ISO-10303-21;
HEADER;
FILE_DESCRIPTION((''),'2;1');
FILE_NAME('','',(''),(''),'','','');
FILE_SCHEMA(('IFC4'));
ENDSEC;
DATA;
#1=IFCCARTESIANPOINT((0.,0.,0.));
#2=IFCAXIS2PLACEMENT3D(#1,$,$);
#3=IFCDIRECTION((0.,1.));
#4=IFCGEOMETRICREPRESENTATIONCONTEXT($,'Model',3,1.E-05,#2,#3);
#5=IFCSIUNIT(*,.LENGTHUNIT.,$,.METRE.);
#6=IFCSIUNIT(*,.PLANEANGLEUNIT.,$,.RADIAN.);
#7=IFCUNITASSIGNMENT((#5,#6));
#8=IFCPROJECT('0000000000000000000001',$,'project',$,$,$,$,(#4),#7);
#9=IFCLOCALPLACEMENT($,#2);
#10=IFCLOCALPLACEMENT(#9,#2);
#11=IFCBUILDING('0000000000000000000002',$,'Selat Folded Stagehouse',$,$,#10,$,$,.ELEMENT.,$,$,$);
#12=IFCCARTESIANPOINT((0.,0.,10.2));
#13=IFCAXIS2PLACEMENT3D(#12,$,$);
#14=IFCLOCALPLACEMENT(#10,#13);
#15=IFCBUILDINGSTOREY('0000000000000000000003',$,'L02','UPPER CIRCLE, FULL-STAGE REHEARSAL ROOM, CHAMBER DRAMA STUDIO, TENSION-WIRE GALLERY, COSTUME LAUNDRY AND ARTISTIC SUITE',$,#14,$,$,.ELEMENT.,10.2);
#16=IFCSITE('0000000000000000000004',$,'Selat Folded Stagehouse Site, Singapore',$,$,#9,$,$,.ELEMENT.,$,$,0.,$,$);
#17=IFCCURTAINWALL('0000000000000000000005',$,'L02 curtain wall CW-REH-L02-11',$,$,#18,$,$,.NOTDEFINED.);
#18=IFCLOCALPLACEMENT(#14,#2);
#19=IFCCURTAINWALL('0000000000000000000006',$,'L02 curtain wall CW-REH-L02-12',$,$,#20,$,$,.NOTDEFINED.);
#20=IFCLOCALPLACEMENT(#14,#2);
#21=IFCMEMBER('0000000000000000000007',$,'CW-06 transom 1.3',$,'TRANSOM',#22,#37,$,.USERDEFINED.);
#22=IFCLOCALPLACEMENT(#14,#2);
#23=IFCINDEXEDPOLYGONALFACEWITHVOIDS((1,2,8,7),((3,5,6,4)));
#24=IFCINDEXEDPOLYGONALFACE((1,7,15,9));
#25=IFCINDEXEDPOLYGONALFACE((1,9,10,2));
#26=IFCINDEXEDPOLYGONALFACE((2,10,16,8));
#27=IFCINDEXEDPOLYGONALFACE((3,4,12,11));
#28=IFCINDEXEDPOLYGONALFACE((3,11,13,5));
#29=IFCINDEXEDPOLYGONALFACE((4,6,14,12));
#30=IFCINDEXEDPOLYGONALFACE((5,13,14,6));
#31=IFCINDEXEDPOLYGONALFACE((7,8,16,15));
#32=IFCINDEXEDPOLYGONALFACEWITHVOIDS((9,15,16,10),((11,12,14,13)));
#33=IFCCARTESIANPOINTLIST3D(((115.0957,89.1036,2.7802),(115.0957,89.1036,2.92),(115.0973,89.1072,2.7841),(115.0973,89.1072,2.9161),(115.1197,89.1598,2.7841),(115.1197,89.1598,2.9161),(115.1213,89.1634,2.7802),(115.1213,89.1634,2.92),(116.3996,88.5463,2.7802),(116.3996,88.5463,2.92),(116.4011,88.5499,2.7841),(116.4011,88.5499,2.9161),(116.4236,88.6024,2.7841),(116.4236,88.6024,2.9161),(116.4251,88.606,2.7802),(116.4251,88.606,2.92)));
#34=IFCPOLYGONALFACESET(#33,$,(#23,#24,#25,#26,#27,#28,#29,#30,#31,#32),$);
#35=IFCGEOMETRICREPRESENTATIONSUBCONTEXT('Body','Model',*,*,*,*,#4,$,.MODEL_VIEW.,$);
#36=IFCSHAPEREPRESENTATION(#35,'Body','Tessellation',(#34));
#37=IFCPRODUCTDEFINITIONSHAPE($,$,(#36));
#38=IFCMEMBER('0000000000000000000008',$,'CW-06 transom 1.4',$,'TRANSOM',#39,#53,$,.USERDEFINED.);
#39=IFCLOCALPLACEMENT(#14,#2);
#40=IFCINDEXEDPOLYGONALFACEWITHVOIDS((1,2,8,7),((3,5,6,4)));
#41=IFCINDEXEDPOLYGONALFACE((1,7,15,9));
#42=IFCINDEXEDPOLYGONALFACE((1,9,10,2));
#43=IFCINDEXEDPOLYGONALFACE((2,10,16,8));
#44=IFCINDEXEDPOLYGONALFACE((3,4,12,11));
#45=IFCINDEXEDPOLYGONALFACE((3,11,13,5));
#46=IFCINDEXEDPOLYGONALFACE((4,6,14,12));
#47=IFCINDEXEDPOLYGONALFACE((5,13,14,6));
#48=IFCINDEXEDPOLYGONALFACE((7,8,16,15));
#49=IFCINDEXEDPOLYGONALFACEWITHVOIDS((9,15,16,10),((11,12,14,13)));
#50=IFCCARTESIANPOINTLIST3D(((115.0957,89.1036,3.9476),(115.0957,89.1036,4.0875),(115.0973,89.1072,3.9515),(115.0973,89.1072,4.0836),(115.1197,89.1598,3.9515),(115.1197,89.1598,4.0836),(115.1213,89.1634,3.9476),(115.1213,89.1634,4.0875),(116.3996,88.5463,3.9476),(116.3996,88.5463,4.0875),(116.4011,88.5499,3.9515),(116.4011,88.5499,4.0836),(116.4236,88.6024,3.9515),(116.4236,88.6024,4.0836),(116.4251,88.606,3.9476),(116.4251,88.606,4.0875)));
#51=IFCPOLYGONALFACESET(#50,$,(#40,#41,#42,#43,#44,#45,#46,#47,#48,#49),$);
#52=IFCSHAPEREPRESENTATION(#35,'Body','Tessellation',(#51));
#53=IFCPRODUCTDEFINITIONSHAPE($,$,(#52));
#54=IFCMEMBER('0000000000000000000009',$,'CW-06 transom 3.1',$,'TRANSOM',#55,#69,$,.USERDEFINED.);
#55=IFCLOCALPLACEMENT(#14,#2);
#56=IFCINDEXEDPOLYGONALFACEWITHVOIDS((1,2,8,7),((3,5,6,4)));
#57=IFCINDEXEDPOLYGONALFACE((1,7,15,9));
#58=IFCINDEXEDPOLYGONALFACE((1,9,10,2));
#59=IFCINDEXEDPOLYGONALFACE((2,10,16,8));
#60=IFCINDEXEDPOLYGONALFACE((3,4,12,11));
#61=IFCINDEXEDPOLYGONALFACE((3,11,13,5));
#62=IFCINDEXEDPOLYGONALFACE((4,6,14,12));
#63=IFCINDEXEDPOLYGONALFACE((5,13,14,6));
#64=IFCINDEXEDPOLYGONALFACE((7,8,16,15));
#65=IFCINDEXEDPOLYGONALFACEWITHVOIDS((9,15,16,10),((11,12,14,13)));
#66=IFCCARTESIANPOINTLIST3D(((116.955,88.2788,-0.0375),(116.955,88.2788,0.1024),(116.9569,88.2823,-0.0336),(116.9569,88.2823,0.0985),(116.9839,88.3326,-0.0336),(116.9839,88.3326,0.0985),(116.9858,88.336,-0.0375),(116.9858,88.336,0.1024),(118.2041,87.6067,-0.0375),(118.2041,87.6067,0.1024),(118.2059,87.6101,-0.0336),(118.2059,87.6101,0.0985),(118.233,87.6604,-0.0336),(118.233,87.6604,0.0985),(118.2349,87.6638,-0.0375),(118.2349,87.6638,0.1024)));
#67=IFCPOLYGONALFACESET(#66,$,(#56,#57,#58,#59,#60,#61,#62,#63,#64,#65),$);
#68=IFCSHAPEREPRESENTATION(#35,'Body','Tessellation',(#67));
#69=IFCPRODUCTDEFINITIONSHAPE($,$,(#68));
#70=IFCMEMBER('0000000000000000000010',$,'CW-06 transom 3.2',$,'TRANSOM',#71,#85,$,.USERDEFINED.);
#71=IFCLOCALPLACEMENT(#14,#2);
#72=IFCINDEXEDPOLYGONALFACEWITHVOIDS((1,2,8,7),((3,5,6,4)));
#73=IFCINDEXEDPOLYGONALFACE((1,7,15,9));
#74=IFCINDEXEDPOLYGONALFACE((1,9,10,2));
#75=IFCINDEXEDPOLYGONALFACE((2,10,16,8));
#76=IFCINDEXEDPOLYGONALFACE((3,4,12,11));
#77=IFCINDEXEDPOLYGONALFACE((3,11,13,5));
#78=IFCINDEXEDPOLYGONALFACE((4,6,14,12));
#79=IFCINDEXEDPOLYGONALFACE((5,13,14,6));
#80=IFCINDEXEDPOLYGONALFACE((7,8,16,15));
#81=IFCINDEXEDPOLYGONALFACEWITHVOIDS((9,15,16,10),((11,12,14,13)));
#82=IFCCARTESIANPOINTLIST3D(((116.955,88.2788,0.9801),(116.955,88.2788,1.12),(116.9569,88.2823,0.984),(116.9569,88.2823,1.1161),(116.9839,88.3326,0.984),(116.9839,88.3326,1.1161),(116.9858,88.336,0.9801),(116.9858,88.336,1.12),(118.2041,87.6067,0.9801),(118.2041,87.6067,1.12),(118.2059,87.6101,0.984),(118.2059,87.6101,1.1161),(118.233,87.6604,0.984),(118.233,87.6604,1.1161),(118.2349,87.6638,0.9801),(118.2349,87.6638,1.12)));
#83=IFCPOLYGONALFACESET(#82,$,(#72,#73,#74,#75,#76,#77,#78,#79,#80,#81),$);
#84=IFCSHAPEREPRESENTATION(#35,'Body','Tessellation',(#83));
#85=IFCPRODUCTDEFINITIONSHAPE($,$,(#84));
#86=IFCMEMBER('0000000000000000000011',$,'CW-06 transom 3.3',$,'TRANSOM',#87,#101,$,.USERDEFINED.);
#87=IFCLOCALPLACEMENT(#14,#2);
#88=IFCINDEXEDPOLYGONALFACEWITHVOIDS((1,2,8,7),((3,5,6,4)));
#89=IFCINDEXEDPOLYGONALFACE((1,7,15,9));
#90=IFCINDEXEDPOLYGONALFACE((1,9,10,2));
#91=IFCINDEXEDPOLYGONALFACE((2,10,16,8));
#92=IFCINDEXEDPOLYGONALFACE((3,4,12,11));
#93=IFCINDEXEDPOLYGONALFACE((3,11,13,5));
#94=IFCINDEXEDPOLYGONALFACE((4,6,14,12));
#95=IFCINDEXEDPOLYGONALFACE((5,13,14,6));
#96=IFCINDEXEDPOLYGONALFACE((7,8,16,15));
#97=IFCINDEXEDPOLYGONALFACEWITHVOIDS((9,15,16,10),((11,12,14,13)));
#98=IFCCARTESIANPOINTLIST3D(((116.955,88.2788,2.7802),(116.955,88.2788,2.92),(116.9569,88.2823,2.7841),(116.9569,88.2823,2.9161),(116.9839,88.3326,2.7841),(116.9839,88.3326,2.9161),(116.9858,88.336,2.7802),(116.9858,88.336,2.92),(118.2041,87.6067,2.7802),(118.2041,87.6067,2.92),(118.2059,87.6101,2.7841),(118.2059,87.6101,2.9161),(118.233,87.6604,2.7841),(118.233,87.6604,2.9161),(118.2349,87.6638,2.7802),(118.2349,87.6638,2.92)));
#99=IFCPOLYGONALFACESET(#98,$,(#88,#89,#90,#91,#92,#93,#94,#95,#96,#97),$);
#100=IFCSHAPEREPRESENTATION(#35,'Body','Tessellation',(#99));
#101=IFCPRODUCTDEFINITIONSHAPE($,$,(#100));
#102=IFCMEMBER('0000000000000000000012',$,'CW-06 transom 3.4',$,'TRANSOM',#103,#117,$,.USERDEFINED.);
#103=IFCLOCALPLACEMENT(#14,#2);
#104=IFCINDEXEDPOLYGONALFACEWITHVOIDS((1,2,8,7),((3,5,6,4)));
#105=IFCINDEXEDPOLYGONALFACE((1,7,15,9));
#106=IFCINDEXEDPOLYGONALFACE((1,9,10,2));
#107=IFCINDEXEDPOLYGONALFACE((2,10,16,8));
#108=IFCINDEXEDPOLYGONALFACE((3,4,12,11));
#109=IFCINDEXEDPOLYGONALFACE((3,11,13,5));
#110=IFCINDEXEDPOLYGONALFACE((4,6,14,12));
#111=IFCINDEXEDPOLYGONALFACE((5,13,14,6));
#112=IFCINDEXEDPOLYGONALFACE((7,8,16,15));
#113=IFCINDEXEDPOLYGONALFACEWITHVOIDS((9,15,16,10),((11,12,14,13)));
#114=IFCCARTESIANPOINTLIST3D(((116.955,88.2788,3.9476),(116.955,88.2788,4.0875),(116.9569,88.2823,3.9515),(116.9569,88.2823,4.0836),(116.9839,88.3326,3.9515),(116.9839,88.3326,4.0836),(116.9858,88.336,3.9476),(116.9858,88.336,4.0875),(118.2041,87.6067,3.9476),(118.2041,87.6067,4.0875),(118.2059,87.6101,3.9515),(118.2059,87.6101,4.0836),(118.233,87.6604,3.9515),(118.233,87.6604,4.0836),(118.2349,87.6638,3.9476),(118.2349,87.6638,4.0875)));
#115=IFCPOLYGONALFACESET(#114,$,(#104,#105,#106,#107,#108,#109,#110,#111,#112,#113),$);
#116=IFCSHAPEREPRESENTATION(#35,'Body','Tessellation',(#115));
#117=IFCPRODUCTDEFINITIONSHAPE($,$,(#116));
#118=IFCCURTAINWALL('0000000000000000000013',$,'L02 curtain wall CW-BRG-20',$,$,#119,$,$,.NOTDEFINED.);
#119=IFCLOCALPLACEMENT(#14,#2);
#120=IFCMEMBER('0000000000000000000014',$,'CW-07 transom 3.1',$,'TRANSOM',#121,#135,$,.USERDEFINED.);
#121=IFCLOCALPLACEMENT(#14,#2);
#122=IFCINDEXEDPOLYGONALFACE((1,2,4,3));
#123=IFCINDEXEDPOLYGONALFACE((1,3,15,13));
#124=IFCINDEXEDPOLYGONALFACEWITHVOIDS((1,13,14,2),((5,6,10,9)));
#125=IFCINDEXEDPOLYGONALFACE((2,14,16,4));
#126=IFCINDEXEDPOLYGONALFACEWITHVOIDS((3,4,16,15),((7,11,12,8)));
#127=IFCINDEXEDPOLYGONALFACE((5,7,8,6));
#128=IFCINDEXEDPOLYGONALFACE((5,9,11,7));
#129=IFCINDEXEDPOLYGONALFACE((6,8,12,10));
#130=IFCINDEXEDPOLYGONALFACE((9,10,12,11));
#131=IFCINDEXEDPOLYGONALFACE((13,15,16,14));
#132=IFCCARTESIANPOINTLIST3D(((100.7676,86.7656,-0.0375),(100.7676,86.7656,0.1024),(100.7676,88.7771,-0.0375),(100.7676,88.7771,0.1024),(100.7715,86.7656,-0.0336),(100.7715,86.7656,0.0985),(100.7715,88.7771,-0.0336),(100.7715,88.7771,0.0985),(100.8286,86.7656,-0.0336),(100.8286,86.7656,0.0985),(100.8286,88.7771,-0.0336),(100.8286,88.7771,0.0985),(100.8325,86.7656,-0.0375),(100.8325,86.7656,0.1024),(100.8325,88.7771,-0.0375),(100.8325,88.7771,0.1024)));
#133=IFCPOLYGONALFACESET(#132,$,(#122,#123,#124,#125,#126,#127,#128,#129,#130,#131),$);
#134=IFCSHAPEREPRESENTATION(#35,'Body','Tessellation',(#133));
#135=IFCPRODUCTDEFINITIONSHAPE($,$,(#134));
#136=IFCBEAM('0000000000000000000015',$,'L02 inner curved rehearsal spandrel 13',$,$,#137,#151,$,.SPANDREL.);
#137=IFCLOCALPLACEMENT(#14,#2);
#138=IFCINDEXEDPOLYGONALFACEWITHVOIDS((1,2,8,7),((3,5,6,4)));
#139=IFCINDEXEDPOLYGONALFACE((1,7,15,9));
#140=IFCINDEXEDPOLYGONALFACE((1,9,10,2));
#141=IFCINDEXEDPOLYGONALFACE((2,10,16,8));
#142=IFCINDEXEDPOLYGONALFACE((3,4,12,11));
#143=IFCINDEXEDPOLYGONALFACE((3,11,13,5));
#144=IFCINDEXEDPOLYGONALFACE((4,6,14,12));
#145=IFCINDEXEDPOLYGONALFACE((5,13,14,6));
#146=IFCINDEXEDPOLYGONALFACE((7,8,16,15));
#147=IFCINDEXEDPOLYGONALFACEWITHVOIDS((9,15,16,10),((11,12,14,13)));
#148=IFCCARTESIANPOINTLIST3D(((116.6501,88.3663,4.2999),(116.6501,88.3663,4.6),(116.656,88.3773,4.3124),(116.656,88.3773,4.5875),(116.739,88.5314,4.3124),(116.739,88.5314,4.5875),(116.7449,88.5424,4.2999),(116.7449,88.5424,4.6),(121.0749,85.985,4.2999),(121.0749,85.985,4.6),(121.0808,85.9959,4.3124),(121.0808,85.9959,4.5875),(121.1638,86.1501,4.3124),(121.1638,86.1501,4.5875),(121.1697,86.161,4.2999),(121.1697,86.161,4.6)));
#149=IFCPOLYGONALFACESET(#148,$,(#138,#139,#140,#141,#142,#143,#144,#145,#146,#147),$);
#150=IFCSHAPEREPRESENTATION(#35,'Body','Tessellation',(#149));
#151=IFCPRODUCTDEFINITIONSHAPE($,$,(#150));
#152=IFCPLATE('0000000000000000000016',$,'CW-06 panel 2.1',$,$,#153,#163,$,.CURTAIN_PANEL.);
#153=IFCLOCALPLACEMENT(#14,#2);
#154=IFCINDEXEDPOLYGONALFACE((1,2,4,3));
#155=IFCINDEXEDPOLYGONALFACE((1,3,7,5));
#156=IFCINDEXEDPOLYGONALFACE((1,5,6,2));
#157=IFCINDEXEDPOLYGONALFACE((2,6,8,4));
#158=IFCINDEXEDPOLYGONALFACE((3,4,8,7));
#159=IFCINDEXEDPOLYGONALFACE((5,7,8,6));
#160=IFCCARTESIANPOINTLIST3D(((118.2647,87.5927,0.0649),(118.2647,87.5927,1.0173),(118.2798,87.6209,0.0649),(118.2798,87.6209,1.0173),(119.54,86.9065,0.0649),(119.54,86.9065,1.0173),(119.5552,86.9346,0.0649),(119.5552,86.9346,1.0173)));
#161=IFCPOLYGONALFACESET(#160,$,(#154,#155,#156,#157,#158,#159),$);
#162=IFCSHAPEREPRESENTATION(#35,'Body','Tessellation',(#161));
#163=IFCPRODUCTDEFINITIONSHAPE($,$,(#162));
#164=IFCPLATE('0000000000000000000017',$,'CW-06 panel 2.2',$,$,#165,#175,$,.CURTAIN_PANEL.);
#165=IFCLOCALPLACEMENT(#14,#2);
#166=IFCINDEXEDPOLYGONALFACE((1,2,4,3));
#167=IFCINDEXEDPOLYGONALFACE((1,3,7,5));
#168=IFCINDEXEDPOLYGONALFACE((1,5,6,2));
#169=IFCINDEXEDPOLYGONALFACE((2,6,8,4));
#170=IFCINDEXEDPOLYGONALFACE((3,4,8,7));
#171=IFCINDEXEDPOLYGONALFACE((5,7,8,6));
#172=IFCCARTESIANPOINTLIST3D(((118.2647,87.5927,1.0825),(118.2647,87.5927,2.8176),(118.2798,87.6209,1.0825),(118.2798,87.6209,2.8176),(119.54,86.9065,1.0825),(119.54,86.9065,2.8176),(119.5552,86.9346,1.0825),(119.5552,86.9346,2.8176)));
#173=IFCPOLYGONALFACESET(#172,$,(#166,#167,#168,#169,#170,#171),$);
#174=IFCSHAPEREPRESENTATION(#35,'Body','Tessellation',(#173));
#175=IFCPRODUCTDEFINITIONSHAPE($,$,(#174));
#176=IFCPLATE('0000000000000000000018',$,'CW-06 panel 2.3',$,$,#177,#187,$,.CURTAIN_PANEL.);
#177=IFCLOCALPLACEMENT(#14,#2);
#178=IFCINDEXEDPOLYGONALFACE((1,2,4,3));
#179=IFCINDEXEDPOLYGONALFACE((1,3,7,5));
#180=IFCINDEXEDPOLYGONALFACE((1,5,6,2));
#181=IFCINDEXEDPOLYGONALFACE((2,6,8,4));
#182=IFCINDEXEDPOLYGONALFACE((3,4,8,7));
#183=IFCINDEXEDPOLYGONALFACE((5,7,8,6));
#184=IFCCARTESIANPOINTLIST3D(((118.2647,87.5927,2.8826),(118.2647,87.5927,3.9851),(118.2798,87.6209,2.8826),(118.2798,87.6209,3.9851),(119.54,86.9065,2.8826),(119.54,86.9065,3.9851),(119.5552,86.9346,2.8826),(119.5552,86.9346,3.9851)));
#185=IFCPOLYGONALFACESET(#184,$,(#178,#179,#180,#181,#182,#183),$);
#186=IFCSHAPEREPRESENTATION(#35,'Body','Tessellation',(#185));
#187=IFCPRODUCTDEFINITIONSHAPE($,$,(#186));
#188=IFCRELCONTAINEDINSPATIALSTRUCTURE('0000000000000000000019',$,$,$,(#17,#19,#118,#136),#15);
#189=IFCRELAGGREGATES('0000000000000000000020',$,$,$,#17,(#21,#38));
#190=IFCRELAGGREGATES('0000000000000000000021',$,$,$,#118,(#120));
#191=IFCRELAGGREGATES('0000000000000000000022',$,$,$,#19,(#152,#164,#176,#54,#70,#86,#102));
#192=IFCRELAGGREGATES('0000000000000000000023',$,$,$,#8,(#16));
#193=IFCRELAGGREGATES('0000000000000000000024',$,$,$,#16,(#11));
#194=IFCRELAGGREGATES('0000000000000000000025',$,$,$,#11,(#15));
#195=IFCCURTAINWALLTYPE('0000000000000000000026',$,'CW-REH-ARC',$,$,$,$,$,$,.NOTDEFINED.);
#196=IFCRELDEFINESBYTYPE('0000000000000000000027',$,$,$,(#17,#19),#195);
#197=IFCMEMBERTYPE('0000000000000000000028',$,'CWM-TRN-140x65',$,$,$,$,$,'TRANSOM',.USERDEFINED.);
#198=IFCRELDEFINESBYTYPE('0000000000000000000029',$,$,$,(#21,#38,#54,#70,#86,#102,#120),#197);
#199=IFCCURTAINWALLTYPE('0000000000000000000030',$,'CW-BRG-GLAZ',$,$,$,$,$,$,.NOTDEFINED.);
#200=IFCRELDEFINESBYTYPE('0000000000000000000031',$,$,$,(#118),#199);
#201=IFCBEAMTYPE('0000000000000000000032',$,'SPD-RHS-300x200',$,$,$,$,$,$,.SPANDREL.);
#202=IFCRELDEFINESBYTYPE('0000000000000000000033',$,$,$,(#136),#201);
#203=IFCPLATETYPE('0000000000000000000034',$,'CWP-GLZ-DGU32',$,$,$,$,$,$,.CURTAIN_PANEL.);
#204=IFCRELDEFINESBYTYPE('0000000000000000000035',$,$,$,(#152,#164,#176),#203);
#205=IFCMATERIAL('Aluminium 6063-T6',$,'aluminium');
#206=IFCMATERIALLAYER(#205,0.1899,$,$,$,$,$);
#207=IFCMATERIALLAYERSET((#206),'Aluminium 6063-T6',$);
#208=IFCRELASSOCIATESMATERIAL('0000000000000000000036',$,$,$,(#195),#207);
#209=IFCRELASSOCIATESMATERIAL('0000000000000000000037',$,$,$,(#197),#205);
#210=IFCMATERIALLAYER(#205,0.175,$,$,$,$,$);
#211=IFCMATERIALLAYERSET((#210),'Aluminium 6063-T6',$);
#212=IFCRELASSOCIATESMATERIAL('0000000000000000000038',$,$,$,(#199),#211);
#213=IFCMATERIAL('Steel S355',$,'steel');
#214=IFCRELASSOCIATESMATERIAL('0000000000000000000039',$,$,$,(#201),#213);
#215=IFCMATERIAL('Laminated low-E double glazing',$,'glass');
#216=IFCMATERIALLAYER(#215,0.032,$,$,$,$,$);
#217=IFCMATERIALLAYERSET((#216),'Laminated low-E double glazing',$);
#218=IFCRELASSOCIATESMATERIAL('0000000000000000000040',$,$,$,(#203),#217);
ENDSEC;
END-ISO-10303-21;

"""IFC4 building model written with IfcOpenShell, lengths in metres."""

from ifc_helpers import new_model, si_unit, direction, frame, origin, origin_2d, place, context, subcontext, project, spatial, rectangle, hollow_rectangle, extrude, material, layer, layer_set, material_profile, profile_set, type_object, element, aggregate, save


model = new_model("IFC4")

# Units and contexts
model_context = context("Model", 3, precision=1e-05, world=origin(), true_north=direction((0.0, 1.0)))
body_context = subcontext(model_context, "Body", "Model", "MODEL_VIEW")
ifc_project = project(units=[si_unit("LENGTHUNIT", "METRE"), si_unit("PLANEANGLEUNIT", "RADIAN")], contexts=[model_context])

# Site, building, storey
site_placement = place(None, origin())
site = spatial("IfcSite", under=ifc_project, at=site_placement, Name="Selat Folded Stagehouse Site, Singapore", CompositionType="ELEMENT", RefElevation=0.0)
building_placement = place(site_placement, origin())
building = spatial("IfcBuilding", under=site, at=building_placement, Name="Selat Folded Stagehouse", CompositionType="ELEMENT")
storey_placement = place(building_placement, frame((0.0, 0.0, 10.2)))
storey = spatial("IfcBuildingStorey", under=building, at=storey_placement, Name="L02", Description="UPPER CIRCLE, FULL-STAGE REHEARSAL ROOM, CHAMBER DRAMA STUDIO, TENSION-WIRE GALLERY, COSTUME LAUNDRY AND ARTISTIC SUITE", CompositionType="ELEMENT", Elevation=10.2)

# Shared definitions
ifc_material_1 = material(Name="Steel S355", Category="steel")

# Curtain wall
ifc_material_2 = material(Name="Aluminium 6063-T6", Category="aluminium")
ifc_layer_1 = layer(ifc_material_2, 0.1899)
ifc_layer_set_1 = layer_set([ifc_layer_1], Name="Aluminium 6063-T6")
curtain_wall_type_1 = type_object("IfcCurtainWallType", Name="CW-REH-ARC", PredefinedType="NOTDEFINED", material=ifc_layer_set_1)
curtain_wall_1_placement = place(storey_placement, origin())
curtain_wall_1 = element("IfcCurtainWall", 1, at=curtain_wall_1_placement, inside=storey, type_object=curtain_wall_type_1, Name="L02 curtain wall CW-REH-L02-11", PredefinedType="NOTDEFINED")

# Curtain wall
curtain_wall_2_placement = place(storey_placement, origin())
curtain_wall_2 = element("IfcCurtainWall", 2, at=curtain_wall_2_placement, inside=storey, type_object=curtain_wall_type_1, Name="L02 curtain wall CW-REH-L02-12", PredefinedType="NOTDEFINED")

# Members
ifc_material_profile_1 = material_profile(ifc_material_2, hollow_rectangle(XDim=0.0649, YDim=0.1399, WallThickness=0.0039, at=origin_2d()), Name="ALU 140x65x4.0")
ifc_profile_set_1 = profile_set([ifc_material_profile_1], Name="Aluminium 6063-T6")
member_type_1 = type_object("IfcMemberType", Name="CWM-TRN-140x65", ElementType="TRANSOM", PredefinedType="USERDEFINED", material=ifc_profile_set_1)
member_1_placement = place(storey_placement, frame((116.4124, 88.5762, 2.8501), z_axis=(-0.919519, 0.393046, 0.0), x_axis=(-0.393046, -0.919519, 0.0)))
member_1 = element("IfcMember", 3, at=member_1_placement, type_object=member_type_1, Name="CW-06 transom 1.3", ObjectType="TRANSOM", PredefinedType="USERDEFINED", context=body_context, shape_type="SweptSolid", body=[
    extrude(hollow_rectangle(XDim=0.0649, YDim=0.1399, WallThickness=0.0039, at=origin_2d()), origin(), (0.0, 0.0, 1.0), 1.418),
])
member_2_placement = place(storey_placement, frame((116.4124, 88.5762, 4.0176), z_axis=(-0.919519, 0.393046, 0.0), x_axis=(-0.393046, -0.919519, 0.0)))
member_2 = element("IfcMember", 4, at=member_2_placement, type_object=member_type_1, Name="CW-06 transom 1.4", ObjectType="TRANSOM", PredefinedType="USERDEFINED", context=body_context, shape_type="SweptSolid", body=[
    extrude(hollow_rectangle(XDim=0.0649, YDim=0.1399, WallThickness=0.0039, at=origin_2d()), origin(), (0.0, 0.0, 1.0), 1.418),
])
aggregate(curtain_wall_1, [member_1, member_2])
member_3_placement = place(storey_placement, frame((118.2195, 87.6353, 0.0325), z_axis=(-0.880598, 0.473864, 0.0), x_axis=(-0.473864, -0.880598, 0.0)))
member_3 = element("IfcMember", 5, at=member_3_placement, type_object=member_type_1, Name="CW-06 transom 3.1", ObjectType="TRANSOM", PredefinedType="USERDEFINED", context=body_context, shape_type="SweptSolid", body=[
    extrude(hollow_rectangle(XDim=0.0649, YDim=0.1399, WallThickness=0.0039, at=origin_2d()), origin(), (0.0, 0.0, 1.0), 1.4185),
])
member_4_placement = place(storey_placement, frame((118.2195, 87.6353, 1.05), z_axis=(-0.880598, 0.473864, 0.0), x_axis=(-0.473864, -0.880598, 0.0)))
member_4 = element("IfcMember", 6, at=member_4_placement, type_object=member_type_1, Name="CW-06 transom 3.2", ObjectType="TRANSOM", PredefinedType="USERDEFINED", context=body_context, shape_type="SweptSolid", body=[
    extrude(hollow_rectangle(XDim=0.0649, YDim=0.1399, WallThickness=0.0039, at=origin_2d()), origin(), (0.0, 0.0, 1.0), 1.4185),
])
member_5_placement = place(storey_placement, frame((118.2195, 87.6353, 2.8501), z_axis=(-0.880598, 0.473864, 0.0), x_axis=(-0.473864, -0.880598, 0.0)))
member_5 = element("IfcMember", 7, at=member_5_placement, type_object=member_type_1, Name="CW-06 transom 3.3", ObjectType="TRANSOM", PredefinedType="USERDEFINED", context=body_context, shape_type="SweptSolid", body=[
    extrude(hollow_rectangle(XDim=0.0649, YDim=0.1399, WallThickness=0.0039, at=origin_2d()), origin(), (0.0, 0.0, 1.0), 1.4185),
])
member_6_placement = place(storey_placement, frame((118.2195, 87.6353, 4.0176), z_axis=(-0.880598, 0.473864, 0.0), x_axis=(-0.473864, -0.880598, 0.0)))
member_6 = element("IfcMember", 8, at=member_6_placement, type_object=member_type_1, Name="CW-06 transom 3.4", ObjectType="TRANSOM", PredefinedType="USERDEFINED", context=body_context, shape_type="SweptSolid", body=[
    extrude(hollow_rectangle(XDim=0.0649, YDim=0.1399, WallThickness=0.0039, at=origin_2d()), origin(), (0.0, 0.0, 1.0), 1.4185),
])

# Curtain wall, member
ifc_layer_2 = layer(ifc_material_2, 0.175)
ifc_layer_set_2 = layer_set([ifc_layer_2], Name="Aluminium 6063-T6")
curtain_wall_type_2 = type_object("IfcCurtainWallType", Name="CW-BRG-GLAZ", PredefinedType="NOTDEFINED", material=ifc_layer_set_2)
curtain_wall_3_placement = place(storey_placement, origin())
curtain_wall_3 = element("IfcCurtainWall", 9, at=curtain_wall_3_placement, inside=storey, type_object=curtain_wall_type_2, Name="L02 curtain wall CW-BRG-20", PredefinedType="NOTDEFINED")
member_7_placement = place(storey_placement, frame((100.8, 88.7771, 0.0325), z_axis=(0.0, -1.0, 0.0), x_axis=(1.0, 0.0, 0.0)))
member_7 = element("IfcMember", 10, at=member_7_placement, type_object=member_type_1, Name="CW-07 transom 3.1", ObjectType="TRANSOM", PredefinedType="USERDEFINED", context=body_context, shape_type="SweptSolid", body=[
    extrude(hollow_rectangle(XDim=0.0649, YDim=0.1399, WallThickness=0.0039, at=origin_2d()), origin(), (0.0, 0.0, 1.0), 2.0115),
])
aggregate(curtain_wall_3, [member_7])

# Beam
ifc_material_profile_2 = material_profile(ifc_material_1, hollow_rectangle(XDim=0.2, YDim=0.3, WallThickness=0.0125, at=origin_2d()), Name="RHS 300x200x12.5")
ifc_profile_set_2 = profile_set([ifc_material_profile_2], Name="Steel S355")
beam_type_1 = type_object("IfcBeamType", Name="SPD-RHS-300x200", PredefinedType="SPANDREL", material=ifc_profile_set_2)
beam_1_placement = place(storey_placement, frame((116.6975, 88.4543, 4.45), z_axis=(0.880574, -0.473909, 0.0), x_axis=(0.473909, 0.880574, 0.0)))
element("IfcBeam", 11, at=beam_1_placement, inside=storey, type_object=beam_type_1, Name="L02 inner curved rehearsal spandrel 13", PredefinedType="SPANDREL", context=body_context, shape_type="SweptSolid", body=[
    extrude(hollow_rectangle(XDim=0.2, YDim=0.3, WallThickness=0.0125, at=origin_2d()), origin(), (0.0, 0.0, 1.0), 5.0249),
])

# Plates
ifc_material_3 = material(Name="Laminated low-E double glazing", Category="glass")
ifc_layer_3 = layer(ifc_material_3, 0.032)
ifc_layer_set_3 = layer_set([ifc_layer_3], Name="Laminated low-E double glazing")
plate_type = type_object("IfcPlateType", Name="CWP-GLZ-DGU32", PredefinedType="CURTAIN_PANEL", material=ifc_layer_set_3)
plate_1_placement = place(storey_placement, frame((118.9099, 87.2637, 0.0649), z_axis=(0.0, 0.0, 1.0), x_axis=(-0.880601, 0.473859, 0.0)))
plate_1 = element("IfcPlate", 12, at=plate_1_placement, type_object=plate_type, Name="CW-06 panel 2.1", PredefinedType="CURTAIN_PANEL", context=body_context, shape_type="SweptSolid", body=[
    extrude(rectangle(XDim=1.4482, YDim=0.032, at=origin_2d()), origin(), (0.0, 0.0, 1.0), 0.9524),
])
plate_2_placement = place(storey_placement, frame((118.9099, 87.2637, 1.0825), z_axis=(0.0, 0.0, 1.0), x_axis=(-0.880601, 0.473859, 0.0)))
plate_2 = element("IfcPlate", 13, at=plate_2_placement, type_object=plate_type, Name="CW-06 panel 2.2", PredefinedType="CURTAIN_PANEL", context=body_context, shape_type="SweptSolid", body=[
    extrude(rectangle(XDim=1.4482, YDim=0.032, at=origin_2d()), origin(), (0.0, 0.0, 1.0), 1.7351),
])
plate_3_placement = place(storey_placement, frame((118.9099, 87.2637, 2.8826), z_axis=(0.0, 0.0, 1.0), x_axis=(-0.880601, 0.473859, 0.0)))
plate_3 = element("IfcPlate", 14, at=plate_3_placement, type_object=plate_type, Name="CW-06 panel 2.3", PredefinedType="CURTAIN_PANEL", context=body_context, shape_type="SweptSolid", body=[
    extrude(rectangle(XDim=1.4482, YDim=0.032, at=origin_2d()), origin(), (0.0, 0.0, 1.0), 1.1025),
])
aggregate(curtain_wall_2, [plate_1, plate_2, plate_3, member_3, member_4, member_5, member_6])

save(model, "model.ifc")
